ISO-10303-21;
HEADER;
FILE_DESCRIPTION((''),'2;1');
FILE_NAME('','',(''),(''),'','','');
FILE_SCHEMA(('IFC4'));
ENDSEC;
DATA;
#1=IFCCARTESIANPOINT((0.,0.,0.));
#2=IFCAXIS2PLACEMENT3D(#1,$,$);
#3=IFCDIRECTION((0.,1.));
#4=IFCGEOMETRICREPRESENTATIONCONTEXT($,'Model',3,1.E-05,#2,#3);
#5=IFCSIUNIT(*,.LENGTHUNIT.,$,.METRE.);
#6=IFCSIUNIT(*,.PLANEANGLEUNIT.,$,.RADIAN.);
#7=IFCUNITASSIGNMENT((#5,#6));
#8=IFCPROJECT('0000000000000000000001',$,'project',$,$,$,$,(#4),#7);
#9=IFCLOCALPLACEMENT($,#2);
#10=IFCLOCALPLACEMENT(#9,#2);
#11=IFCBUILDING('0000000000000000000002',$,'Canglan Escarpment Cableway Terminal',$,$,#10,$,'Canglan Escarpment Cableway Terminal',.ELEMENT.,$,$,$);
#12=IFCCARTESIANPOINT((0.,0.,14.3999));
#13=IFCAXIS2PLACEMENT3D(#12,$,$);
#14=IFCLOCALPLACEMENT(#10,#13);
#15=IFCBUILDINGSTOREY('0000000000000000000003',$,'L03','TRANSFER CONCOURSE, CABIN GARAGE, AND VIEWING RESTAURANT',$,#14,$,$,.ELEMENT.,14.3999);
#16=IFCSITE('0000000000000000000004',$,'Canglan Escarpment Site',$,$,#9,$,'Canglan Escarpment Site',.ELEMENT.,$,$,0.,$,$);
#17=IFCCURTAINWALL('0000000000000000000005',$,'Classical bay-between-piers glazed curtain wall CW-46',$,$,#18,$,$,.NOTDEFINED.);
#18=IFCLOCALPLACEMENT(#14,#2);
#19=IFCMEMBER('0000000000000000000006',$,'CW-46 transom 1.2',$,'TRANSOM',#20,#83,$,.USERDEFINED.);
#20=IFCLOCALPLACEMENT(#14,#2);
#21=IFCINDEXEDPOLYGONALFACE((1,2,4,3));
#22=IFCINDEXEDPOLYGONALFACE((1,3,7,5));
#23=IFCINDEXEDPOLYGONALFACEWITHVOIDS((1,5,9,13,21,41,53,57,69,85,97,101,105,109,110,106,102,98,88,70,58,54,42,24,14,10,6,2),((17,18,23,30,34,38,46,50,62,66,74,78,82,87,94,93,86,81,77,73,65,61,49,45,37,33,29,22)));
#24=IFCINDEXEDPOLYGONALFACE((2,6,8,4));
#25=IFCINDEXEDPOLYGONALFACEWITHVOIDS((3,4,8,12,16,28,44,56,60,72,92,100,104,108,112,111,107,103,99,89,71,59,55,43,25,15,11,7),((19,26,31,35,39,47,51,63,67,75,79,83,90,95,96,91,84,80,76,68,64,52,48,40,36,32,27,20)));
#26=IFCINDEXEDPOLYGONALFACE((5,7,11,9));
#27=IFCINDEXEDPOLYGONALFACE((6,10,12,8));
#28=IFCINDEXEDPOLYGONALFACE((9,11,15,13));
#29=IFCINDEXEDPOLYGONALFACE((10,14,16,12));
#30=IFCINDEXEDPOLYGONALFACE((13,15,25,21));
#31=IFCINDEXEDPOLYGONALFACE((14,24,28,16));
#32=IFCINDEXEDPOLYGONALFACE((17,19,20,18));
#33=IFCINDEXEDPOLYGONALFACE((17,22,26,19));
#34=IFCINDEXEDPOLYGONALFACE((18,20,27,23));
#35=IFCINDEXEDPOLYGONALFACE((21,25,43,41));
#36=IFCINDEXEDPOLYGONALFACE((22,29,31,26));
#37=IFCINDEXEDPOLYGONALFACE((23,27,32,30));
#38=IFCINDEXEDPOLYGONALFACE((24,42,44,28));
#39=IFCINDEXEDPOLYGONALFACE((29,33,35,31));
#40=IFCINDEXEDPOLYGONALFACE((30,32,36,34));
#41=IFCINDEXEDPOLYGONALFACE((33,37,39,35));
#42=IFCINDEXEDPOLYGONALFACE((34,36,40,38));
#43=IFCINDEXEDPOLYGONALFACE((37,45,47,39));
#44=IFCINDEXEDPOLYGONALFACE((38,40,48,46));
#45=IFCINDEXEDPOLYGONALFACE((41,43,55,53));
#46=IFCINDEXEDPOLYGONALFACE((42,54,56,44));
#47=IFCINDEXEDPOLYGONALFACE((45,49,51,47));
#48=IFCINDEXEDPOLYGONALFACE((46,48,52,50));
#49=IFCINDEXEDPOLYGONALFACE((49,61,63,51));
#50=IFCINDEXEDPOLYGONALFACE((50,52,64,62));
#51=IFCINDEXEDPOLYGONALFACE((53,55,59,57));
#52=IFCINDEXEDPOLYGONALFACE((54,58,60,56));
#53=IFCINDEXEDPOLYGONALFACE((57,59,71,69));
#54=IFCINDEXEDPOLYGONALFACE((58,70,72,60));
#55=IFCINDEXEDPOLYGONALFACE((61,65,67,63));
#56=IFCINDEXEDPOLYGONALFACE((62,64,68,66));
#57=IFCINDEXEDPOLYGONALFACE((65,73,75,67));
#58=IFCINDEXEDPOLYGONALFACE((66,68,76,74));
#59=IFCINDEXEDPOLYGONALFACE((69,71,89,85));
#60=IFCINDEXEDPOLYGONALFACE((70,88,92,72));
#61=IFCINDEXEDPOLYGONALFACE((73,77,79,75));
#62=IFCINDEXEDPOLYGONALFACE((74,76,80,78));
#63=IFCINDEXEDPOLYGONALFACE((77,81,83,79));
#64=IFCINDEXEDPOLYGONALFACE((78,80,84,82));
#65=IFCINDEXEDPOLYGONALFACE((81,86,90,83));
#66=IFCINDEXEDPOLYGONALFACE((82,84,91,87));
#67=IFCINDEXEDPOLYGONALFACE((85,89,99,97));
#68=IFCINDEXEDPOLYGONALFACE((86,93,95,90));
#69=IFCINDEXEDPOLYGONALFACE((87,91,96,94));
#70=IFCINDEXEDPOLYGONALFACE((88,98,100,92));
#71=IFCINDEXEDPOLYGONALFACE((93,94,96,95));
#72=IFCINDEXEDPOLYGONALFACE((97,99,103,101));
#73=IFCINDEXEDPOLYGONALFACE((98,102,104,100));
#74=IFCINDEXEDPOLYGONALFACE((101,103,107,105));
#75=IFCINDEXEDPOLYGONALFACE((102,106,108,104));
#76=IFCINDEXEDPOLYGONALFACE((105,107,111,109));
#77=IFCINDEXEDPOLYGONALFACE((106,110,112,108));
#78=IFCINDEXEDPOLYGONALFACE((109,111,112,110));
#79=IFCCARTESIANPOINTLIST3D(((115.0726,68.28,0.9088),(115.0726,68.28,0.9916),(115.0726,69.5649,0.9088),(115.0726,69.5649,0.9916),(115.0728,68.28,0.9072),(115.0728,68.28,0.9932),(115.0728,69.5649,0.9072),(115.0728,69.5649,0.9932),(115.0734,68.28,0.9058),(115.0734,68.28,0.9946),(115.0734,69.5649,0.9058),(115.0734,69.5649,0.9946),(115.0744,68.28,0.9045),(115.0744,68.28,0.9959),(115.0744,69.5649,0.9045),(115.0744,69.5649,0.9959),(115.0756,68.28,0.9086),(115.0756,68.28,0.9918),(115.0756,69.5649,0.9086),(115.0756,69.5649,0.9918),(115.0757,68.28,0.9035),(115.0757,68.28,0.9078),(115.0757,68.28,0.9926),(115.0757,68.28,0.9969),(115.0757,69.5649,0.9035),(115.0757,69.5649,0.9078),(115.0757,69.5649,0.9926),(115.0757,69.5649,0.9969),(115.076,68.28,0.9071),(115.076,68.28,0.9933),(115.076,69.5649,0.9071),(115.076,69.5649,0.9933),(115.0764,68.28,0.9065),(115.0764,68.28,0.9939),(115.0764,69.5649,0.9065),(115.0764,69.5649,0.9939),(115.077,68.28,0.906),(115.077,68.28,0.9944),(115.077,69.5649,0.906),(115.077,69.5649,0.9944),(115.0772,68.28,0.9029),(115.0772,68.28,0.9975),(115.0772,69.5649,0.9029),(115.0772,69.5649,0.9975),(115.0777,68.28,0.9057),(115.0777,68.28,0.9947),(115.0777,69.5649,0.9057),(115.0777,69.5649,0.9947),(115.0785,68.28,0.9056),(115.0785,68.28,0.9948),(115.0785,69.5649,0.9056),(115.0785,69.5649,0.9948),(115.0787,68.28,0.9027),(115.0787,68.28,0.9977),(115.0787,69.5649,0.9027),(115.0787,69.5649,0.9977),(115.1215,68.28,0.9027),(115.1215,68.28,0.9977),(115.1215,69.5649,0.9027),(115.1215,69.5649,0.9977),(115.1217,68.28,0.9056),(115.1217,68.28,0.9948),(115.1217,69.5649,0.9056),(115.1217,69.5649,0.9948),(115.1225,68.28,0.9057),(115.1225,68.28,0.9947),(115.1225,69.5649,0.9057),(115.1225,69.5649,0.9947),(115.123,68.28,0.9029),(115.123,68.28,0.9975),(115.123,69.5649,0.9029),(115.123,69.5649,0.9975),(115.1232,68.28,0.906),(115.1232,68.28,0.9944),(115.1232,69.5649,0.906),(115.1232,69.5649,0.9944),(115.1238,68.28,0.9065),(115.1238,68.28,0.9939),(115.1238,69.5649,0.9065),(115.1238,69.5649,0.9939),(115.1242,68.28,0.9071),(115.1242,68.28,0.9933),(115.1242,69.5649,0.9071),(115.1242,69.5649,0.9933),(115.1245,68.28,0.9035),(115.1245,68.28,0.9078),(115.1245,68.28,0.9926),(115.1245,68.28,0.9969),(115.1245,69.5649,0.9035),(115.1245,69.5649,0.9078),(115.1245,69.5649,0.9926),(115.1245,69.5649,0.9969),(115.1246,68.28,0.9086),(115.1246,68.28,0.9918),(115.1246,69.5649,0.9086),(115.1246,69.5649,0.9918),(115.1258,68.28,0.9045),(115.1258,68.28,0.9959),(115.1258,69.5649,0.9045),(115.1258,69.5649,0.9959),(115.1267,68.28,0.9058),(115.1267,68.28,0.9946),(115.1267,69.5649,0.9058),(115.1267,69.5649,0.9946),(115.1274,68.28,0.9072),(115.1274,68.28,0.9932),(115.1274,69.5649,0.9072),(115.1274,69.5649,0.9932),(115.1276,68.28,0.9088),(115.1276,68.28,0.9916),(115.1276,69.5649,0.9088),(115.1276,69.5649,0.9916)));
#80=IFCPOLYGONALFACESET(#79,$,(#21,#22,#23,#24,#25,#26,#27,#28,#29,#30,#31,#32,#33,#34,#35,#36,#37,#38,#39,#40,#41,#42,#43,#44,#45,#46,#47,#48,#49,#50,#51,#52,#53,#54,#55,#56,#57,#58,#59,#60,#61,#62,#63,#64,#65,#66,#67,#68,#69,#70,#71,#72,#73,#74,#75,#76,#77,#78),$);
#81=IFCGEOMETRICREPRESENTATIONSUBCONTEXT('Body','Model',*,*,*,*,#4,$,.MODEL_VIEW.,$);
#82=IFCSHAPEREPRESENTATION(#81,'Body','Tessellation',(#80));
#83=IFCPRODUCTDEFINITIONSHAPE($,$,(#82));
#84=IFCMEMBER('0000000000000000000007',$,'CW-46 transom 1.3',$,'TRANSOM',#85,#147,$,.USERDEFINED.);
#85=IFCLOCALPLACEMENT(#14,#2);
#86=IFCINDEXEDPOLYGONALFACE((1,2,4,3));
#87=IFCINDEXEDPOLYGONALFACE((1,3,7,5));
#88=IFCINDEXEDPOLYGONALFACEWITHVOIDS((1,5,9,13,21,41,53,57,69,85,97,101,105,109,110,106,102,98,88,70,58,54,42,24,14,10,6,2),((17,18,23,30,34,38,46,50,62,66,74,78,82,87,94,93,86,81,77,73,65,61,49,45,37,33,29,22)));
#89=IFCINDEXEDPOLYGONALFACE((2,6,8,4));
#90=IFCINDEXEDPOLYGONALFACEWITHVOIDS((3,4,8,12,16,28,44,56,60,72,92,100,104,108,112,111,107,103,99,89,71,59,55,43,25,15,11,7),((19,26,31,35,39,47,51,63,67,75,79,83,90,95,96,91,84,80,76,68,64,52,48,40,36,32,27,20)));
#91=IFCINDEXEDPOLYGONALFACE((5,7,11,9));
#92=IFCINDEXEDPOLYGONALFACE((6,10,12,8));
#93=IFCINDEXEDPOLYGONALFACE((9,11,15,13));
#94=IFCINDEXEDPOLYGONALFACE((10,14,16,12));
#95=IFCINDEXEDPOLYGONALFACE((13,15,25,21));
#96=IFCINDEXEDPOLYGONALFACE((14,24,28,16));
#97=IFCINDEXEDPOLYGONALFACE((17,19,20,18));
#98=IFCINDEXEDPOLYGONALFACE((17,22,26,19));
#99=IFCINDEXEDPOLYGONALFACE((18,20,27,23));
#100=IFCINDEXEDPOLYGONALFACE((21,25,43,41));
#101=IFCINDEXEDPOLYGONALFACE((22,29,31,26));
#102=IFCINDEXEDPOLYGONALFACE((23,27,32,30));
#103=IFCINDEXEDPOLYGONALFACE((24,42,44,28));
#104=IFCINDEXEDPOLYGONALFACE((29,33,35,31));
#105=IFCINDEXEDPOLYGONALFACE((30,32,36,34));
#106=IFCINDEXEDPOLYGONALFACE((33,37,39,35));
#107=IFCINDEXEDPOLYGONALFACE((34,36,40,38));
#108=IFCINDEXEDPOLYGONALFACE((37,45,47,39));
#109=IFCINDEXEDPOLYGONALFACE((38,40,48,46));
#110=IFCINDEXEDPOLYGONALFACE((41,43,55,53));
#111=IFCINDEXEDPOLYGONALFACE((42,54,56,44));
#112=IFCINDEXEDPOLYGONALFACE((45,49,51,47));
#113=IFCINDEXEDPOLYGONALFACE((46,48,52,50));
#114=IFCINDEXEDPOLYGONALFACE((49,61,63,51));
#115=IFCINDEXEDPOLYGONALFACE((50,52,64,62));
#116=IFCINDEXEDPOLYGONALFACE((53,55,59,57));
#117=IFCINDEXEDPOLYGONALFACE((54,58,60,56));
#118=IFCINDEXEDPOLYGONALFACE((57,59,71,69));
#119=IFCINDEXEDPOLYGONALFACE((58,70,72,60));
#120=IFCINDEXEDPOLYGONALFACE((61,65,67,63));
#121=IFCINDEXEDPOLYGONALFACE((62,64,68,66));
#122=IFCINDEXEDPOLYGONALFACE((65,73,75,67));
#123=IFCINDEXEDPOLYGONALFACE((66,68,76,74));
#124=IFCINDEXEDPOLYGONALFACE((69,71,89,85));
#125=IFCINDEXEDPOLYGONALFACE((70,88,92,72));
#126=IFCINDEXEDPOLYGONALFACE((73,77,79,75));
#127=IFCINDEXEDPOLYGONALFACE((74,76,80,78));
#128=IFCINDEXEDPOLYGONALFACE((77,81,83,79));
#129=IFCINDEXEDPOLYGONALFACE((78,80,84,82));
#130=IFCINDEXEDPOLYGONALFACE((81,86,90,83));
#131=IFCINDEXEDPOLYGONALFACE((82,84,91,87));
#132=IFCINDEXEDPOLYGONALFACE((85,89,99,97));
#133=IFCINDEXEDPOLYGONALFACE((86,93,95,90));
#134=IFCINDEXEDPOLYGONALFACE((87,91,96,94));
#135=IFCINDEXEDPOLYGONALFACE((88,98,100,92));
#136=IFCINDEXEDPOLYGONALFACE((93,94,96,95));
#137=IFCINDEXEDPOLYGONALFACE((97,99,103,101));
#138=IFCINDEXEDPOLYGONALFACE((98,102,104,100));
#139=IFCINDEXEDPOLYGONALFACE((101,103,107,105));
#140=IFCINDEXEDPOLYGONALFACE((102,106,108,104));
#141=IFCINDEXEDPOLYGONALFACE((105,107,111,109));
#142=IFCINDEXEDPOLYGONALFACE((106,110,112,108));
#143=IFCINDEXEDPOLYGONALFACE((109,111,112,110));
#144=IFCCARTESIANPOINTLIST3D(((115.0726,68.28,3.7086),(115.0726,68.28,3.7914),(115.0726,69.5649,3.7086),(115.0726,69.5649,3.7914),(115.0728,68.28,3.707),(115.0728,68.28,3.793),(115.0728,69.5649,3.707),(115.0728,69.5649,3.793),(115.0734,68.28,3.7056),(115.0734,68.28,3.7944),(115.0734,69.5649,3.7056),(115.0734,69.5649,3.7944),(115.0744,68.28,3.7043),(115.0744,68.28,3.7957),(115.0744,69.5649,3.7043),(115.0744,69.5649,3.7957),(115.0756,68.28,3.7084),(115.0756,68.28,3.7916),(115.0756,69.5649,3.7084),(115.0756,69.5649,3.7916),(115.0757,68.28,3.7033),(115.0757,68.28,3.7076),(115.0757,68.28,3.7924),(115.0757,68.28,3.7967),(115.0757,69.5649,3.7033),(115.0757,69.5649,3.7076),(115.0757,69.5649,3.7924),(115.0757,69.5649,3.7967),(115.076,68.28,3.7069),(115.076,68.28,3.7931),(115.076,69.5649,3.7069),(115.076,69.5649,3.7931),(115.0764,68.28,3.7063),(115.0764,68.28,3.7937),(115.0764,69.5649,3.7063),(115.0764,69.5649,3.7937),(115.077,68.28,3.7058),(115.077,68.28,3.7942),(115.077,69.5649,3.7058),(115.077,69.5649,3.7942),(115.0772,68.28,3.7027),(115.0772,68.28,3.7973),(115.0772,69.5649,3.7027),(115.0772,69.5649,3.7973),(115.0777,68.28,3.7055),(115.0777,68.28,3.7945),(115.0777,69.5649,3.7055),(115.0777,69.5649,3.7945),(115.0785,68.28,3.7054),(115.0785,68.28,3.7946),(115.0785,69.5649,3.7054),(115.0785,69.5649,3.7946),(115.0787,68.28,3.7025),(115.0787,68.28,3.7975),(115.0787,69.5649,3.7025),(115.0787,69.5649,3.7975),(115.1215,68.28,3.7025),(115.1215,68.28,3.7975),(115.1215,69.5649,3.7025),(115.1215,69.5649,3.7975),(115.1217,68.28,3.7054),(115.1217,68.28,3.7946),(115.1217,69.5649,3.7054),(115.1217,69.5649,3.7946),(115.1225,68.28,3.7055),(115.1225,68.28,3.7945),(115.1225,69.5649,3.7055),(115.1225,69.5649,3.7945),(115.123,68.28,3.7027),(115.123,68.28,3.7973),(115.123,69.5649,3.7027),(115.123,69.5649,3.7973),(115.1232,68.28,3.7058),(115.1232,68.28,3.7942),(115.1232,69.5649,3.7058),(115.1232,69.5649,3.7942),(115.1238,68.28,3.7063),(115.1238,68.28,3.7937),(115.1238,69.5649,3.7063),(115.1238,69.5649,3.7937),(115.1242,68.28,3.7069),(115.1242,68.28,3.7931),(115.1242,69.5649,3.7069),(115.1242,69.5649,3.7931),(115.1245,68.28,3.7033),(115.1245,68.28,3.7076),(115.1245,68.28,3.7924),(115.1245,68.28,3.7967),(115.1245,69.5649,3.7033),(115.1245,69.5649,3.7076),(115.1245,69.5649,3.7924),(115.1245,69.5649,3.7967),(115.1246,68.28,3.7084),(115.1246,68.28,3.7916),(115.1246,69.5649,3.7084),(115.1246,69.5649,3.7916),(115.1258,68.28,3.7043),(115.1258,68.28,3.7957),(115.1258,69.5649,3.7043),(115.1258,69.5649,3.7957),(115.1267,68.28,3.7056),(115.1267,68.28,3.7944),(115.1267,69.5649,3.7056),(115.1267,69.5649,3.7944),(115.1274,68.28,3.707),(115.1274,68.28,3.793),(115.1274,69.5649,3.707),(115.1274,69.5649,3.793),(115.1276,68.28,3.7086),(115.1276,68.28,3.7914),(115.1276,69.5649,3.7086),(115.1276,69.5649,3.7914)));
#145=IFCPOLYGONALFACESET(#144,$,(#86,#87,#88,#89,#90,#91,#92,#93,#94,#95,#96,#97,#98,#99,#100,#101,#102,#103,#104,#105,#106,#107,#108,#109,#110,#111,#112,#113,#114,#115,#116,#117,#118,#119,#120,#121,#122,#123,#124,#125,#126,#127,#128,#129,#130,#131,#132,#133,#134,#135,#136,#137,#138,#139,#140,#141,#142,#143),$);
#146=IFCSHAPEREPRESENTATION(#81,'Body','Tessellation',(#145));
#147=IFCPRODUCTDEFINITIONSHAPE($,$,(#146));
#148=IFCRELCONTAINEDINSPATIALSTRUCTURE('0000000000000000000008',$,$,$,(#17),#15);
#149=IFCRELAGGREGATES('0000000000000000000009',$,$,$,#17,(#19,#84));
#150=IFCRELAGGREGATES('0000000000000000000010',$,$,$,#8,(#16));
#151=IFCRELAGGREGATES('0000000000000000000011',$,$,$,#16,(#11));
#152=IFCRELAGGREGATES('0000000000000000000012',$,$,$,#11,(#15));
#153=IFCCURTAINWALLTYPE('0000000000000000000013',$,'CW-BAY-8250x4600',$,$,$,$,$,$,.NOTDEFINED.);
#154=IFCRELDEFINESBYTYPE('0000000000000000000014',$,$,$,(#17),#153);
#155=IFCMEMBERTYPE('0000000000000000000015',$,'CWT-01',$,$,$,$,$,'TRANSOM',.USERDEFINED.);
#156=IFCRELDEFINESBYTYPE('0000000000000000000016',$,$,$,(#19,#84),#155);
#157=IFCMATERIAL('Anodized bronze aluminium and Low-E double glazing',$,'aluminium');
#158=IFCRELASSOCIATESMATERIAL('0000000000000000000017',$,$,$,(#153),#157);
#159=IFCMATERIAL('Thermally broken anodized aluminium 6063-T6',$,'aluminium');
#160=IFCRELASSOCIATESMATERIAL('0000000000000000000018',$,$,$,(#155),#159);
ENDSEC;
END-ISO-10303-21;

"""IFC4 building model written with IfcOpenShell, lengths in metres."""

from ifc_helpers import new_model, si_unit, direction, frame, origin, origin_2d, place, context, subcontext, project, spatial, hollow_rectangle, extrude, material, material_profile, profile_set, type_object, element, aggregate, save


model = new_model("IFC4")

# Units and contexts
model_context = context("Model", 3, precision=1e-05, world=origin(), true_north=direction((0.0, 1.0)))
body_context = subcontext(model_context, "Body", "Model", "MODEL_VIEW")
ifc_project = project(units=[si_unit("LENGTHUNIT", "METRE"), si_unit("PLANEANGLEUNIT", "RADIAN")], contexts=[model_context])

# Site, building, storey
site_placement = place(None, origin())
site = spatial("IfcSite", under=ifc_project, at=site_placement, Name="Canglan Escarpment Site", LongName="Canglan Escarpment Site", CompositionType="ELEMENT", RefElevation=0.0)
building_placement = place(site_placement, origin())
building = spatial("IfcBuilding", under=site, at=building_placement, Name="Canglan Escarpment Cableway Terminal", LongName="Canglan Escarpment Cableway Terminal", CompositionType="ELEMENT")
storey_placement = place(building_placement, frame((0.0, 0.0, 14.3999)))
storey = spatial("IfcBuildingStorey", under=building, at=storey_placement, Name="L03", Description="TRANSFER CONCOURSE, CABIN GARAGE, AND VIEWING RESTAURANT", CompositionType="ELEMENT", Elevation=14.3999)

# Curtain wall, members
ifc_material_1 = material(Name="Anodized bronze aluminium and Low-E double glazing", Category="aluminium")
curtain_wall_type = type_object("IfcCurtainWallType", Name="CW-BAY-8250x4600", PredefinedType="NOTDEFINED", material=ifc_material_1)
curtain_wall_placement = place(storey_placement, origin())
curtain_wall = element("IfcCurtainWall", 1, at=curtain_wall_placement, inside=storey, type_object=curtain_wall_type, Name="Classical bay-between-piers glazed curtain wall CW-46", PredefinedType="NOTDEFINED")
ifc_material_2 = material(Name="Thermally broken anodized aluminium 6063-T6", Category="aluminium")
ifc_material_profile_1 = material_profile(ifc_material_2, hollow_rectangle(XDim=0.0549, YDim=0.095, WallThickness=0.0029, InnerFilletRadius=0.0029, OuterFilletRadius=0.0061, at=origin_2d()), Name="ALU-TRAN 55x95x3")
ifc_profile_set_1 = profile_set([ifc_material_profile_1], Name="Thermally broken anodized aluminium 6063-T6")
member_type_1 = type_object("IfcMemberType", Name="CWT-01", ElementType="TRANSOM", PredefinedType="USERDEFINED", material=ifc_profile_set_1)
member_1_placement = place(storey_placement, frame((115.1001, 69.5649, 0.9502), z_axis=(0.0, -1.0, 0.0), x_axis=(1.0, 0.0, 0.0)))
member_1 = element("IfcMember", 2, at=member_1_placement, type_object=member_type_1, Name="CW-46 transom 1.2", ObjectType="TRANSOM", PredefinedType="USERDEFINED", context=body_context, shape_type="SweptSolid", body=[
    extrude(hollow_rectangle(XDim=0.0549, YDim=0.095, WallThickness=0.0029, InnerFilletRadius=0.0029, OuterFilletRadius=0.0061, at=origin_2d()), origin(), (0.0, 0.0, 1.0), 1.2849),
])
member_2_placement = place(storey_placement, frame((115.1001, 69.5649, 3.75), z_axis=(0.0, -1.0, 0.0), x_axis=(1.0, 0.0, 0.0)))
member_2 = element("IfcMember", 3, at=member_2_placement, type_object=member_type_1, Name="CW-46 transom 1.3", ObjectType="TRANSOM", PredefinedType="USERDEFINED", context=body_context, shape_type="SweptSolid", body=[
    extrude(hollow_rectangle(XDim=0.0549, YDim=0.095, WallThickness=0.0029, InnerFilletRadius=0.0029, OuterFilletRadius=0.0061, at=origin_2d()), origin(), (0.0, 0.0, 1.0), 1.2849),
])

aggregate(curtain_wall, [member_1, member_2])

save(model, "model.ifc")
